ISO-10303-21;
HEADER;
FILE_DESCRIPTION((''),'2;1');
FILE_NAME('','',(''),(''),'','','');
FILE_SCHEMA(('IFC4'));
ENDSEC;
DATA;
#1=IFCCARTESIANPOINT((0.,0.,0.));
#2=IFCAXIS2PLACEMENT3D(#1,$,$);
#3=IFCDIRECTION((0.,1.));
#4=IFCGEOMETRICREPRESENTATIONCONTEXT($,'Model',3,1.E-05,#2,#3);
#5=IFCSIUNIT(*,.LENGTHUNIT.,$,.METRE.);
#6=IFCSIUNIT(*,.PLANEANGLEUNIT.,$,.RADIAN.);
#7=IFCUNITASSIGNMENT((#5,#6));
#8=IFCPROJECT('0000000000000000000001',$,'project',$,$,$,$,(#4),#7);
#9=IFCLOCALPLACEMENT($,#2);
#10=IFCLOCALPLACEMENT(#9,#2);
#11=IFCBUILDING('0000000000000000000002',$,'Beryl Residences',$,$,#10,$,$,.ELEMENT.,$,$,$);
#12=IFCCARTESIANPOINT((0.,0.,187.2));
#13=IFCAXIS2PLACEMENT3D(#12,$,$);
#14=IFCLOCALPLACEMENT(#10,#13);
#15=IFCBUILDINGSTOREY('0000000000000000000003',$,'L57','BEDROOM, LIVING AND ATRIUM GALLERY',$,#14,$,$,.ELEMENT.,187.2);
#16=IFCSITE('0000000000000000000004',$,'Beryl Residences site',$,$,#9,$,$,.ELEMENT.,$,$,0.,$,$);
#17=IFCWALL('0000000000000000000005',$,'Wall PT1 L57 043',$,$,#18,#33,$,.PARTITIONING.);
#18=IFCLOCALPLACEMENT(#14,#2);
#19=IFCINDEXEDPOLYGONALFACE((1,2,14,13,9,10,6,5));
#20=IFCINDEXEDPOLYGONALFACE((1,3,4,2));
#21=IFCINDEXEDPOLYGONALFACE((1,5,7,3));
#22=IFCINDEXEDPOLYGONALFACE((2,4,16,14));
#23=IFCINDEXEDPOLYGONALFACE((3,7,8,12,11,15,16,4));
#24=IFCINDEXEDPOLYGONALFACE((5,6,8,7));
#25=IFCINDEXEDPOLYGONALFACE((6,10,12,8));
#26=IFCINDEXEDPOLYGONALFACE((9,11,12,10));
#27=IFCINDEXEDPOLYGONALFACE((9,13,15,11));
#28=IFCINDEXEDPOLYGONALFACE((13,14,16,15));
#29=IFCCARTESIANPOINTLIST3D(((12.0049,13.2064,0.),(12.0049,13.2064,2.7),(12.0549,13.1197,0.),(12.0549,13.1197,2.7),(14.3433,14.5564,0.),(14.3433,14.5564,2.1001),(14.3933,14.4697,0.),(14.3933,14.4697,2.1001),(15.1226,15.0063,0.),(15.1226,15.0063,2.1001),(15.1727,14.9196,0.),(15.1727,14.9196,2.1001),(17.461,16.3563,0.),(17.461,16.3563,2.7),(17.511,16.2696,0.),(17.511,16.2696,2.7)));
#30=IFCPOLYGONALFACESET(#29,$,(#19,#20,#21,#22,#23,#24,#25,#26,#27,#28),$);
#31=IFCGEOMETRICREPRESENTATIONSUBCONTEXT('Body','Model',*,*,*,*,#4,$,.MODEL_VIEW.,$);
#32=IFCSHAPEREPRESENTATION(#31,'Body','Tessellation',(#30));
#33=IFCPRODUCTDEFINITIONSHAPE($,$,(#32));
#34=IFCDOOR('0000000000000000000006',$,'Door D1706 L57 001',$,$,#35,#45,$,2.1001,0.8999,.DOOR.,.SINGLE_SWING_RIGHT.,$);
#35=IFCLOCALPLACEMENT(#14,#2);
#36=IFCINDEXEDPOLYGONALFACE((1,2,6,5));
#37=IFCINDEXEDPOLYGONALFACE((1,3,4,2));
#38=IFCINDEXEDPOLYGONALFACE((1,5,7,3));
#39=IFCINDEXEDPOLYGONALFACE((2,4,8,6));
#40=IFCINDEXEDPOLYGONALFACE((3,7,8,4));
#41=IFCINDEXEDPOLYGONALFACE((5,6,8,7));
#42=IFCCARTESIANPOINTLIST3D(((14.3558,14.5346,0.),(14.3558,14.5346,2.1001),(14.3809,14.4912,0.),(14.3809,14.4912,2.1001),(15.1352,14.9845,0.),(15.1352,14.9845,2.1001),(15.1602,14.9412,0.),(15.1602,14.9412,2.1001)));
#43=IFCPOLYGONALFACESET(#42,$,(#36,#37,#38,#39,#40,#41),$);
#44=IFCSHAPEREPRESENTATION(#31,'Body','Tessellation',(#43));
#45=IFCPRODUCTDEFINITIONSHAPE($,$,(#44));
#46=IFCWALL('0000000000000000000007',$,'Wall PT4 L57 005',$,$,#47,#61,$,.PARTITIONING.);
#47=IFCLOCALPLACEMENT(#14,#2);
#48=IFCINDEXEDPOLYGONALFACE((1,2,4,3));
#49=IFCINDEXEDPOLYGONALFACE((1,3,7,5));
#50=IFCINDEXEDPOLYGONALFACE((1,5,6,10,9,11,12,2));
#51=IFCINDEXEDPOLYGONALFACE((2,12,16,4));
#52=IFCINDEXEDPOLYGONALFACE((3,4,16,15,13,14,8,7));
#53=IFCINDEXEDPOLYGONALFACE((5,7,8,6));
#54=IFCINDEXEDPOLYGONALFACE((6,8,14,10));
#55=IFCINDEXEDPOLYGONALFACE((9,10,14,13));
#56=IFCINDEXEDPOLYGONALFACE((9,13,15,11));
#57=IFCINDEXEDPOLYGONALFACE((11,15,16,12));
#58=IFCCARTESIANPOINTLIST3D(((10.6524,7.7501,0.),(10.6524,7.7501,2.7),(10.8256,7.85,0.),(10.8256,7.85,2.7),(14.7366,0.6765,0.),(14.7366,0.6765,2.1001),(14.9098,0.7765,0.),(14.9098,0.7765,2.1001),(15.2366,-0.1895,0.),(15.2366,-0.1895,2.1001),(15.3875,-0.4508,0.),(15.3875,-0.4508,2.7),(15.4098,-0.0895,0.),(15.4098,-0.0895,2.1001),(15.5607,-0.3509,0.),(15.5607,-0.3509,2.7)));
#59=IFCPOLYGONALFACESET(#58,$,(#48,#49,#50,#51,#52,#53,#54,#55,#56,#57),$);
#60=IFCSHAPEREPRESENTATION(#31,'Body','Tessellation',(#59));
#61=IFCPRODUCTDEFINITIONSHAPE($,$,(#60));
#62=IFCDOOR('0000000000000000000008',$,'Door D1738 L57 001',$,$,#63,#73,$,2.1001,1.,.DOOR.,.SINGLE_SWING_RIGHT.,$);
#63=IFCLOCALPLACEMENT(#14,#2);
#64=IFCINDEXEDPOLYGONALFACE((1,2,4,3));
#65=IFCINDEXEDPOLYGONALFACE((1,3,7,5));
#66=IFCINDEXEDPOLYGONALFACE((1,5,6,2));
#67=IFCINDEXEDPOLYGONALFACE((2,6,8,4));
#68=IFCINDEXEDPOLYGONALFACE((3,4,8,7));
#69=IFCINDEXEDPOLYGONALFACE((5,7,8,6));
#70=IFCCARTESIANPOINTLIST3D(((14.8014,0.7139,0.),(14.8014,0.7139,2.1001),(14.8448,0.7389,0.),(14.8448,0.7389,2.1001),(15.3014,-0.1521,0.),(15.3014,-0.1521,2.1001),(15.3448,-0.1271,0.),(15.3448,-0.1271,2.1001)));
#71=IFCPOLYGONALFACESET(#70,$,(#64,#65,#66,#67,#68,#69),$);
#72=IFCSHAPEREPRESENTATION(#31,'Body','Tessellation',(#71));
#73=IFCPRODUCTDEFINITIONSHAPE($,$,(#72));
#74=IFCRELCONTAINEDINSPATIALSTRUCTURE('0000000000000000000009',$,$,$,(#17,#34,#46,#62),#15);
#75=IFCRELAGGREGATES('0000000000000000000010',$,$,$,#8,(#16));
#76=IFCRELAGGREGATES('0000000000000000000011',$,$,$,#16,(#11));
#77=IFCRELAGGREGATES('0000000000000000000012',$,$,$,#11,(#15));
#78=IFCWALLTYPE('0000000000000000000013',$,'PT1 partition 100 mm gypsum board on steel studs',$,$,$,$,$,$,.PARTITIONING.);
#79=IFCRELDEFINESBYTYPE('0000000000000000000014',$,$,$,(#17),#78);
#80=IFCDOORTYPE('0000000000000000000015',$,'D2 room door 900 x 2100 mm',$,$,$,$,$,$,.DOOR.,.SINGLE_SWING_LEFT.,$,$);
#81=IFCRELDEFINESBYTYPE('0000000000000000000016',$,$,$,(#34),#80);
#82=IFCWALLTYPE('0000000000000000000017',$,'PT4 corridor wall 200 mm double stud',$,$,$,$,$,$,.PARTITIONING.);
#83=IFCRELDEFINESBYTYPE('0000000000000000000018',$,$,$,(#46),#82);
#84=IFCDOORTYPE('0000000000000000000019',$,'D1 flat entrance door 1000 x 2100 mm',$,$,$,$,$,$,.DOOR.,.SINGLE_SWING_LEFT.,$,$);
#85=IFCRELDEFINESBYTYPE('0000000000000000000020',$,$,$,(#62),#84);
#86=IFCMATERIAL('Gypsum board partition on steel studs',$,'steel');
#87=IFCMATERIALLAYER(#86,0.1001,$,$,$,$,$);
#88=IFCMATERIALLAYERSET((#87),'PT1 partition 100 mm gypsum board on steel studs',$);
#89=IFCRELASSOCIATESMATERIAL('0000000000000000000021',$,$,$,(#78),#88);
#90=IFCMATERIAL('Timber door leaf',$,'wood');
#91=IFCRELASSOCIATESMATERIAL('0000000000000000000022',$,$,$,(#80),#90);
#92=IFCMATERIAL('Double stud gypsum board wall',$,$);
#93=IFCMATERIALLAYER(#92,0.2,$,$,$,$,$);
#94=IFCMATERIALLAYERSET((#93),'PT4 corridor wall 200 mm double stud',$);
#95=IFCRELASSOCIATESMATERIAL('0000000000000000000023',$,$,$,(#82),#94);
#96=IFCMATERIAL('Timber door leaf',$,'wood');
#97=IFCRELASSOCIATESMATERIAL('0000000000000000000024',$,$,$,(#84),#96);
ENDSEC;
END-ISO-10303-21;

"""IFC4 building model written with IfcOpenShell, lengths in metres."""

from ifc_helpers import new_model, si_unit, direction, frame, frame_2d, origin, place, context, subcontext, project, spatial, rectangle, extrude, material, layer, layer_set, type_object, element, fill, save


model = new_model("IFC4")

# Units and contexts
model_context = context("Model", 3, precision=1e-05, world=origin(), true_north=direction((0.0, 1.0)))
body_context = subcontext(model_context, "Body", "Model", "MODEL_VIEW")
ifc_project = project(units=[si_unit("LENGTHUNIT", "METRE"), si_unit("PLANEANGLEUNIT", "RADIAN")], contexts=[model_context])

# Site, building, storey
site_placement = place(None, origin())
site = spatial("IfcSite", under=ifc_project, at=site_placement, Name="Beryl Residences site", CompositionType="ELEMENT", RefElevation=0.0)
building_placement = place(site_placement, origin())
building = spatial("IfcBuilding", under=site, at=building_placement, Name="Beryl Residences", CompositionType="ELEMENT")
storey_placement = place(building_placement, frame((0.0, 0.0, 187.2)))
storey = spatial("IfcBuildingStorey", under=building, at=storey_placement, Name="L57", Description="BEDROOM, LIVING AND ATRIUM GALLERY", CompositionType="ELEMENT", Elevation=187.2)

# Shared definitions
ifc_material_1 = material(Name="Gypsum board partition on steel studs", Category="steel")
ifc_layer_1 = layer(ifc_material_1, 0.1001)
ifc_layer_set_1 = layer_set([ifc_layer_1], Name="PT1 partition 100 mm gypsum board on steel studs")
wall_type_1 = type_object("IfcWallType", Name="PT1 partition 100 mm gypsum board on steel studs", PredefinedType="PARTITIONING", material=ifc_layer_set_1)

# Walls, openings, doors
ifc_material_2 = material(Name="Timber door leaf", Category="wood")
door_type_1 = type_object("IfcDoorType", Name="D2 room door 900 x 2100 mm", OperationType="SINGLE_SWING_LEFT", PredefinedType="DOOR", material=ifc_material_2)
wall_1_placement = place(storey_placement, frame((12.03, 13.1631, 0.0), z_axis=(0.0, 0.0, 1.0), x_axis=(0.866036, 0.499982, 0.0)))
wall_1 = element("IfcWall", 1, at=wall_1_placement, inside=storey, type_object=wall_type_1, Name="Wall PT1 L57 043", PredefinedType="PARTITIONING", context=body_context, shape_type="SweptSolid", body=[
    extrude(rectangle(XDim=6.3, YDim=0.1001, at=frame_2d((3.1499, 0.0))), origin(), (0.0, 0.0, 1.0), 2.7),
])
opening_1_placement = place(wall_1_placement, frame((2.7, 0.0, 0.0)))
opening_1 = element("IfcOpeningElement", 2, at=opening_1_placement, cuts=wall_1, PredefinedType="OPENING", context=body_context, shape_type="SweptSolid", body=[
    extrude(rectangle(XDim=0.8999, YDim=2.1001, at=frame_2d((0.45, 1.05))), frame((0.0, 0.0601, 0.0), z_axis=(0.0, -1.0, 0.0), x_axis=(1.0, 0.0, 0.0)), (0.0, 0.0, 1.0), 0.1201),
])
door_1_placement = place(opening_1_placement, origin())
door_1 = element("IfcDoor", 3, at=door_1_placement, inside=storey, type_object=door_type_1, Name="Door D1706 L57 001", OperationType="SINGLE_SWING_RIGHT", OverallHeight=2.1001, OverallWidth=0.8999, PredefinedType="DOOR", context=body_context, shape_type="SweptSolid", body=[
    extrude(rectangle(XDim=0.8999, YDim=2.1001, at=frame_2d((0.45, 1.05))), frame((0.0, 0.0249, 0.0), z_axis=(0.0, -1.0, 0.0), x_axis=(1.0, 0.0, 0.0)), (0.0, 0.0, 1.0), 0.05),
])
fill(opening_1, door_1)
ifc_material_3 = material(Name="Double stud gypsum board wall")
ifc_layer_2 = layer(ifc_material_3, 0.2)
ifc_layer_set_2 = layer_set([ifc_layer_2], Name="PT4 corridor wall 200 mm double stud")
wall_type_2 = type_object("IfcWallType", Name="PT4 corridor wall 200 mm double stud", PredefinedType="PARTITIONING", material=ifc_layer_set_2)
wall_2_placement = place(storey_placement, frame((10.739, 7.8, 0.0), z_axis=(0.0, 0.0, 1.0), x_axis=(0.500024, -0.866012, 0.0)))
wall_2 = element("IfcWall", 4, at=wall_2_placement, inside=storey, type_object=wall_type_2, Name="Wall PT4 L57 005", PredefinedType="PARTITIONING", context=body_context, shape_type="SweptSolid", body=[
    extrude(rectangle(XDim=9.4697, YDim=0.2, at=frame_2d((4.7349, 0.0))), origin(), (0.0, 0.0, 1.0), 2.7),
])
opening_2_placement = place(wall_2_placement, frame((8.168, 0.0, 0.0)))
opening_2 = element("IfcOpeningElement", 5, at=opening_2_placement, cuts=wall_2, PredefinedType="OPENING", context=body_context, shape_type="SweptSolid", body=[
    extrude(rectangle(XDim=1.0, YDim=2.1001, at=frame_2d((0.5, 1.05))), frame((0.0, 0.1099, 0.0), z_axis=(0.0, -1.0, 0.0), x_axis=(1.0, 0.0, 0.0)), (0.0, 0.0, 1.0), 0.22),
])
ifc_material_4 = material(Name="Timber door leaf", Category="wood")
door_type_2 = type_object("IfcDoorType", Name="D1 flat entrance door 1000 x 2100 mm", OperationType="SINGLE_SWING_LEFT", PredefinedType="DOOR", material=ifc_material_4)
door_2_placement = place(opening_2_placement, origin())
door_2 = element("IfcDoor", 6, at=door_2_placement, inside=storey, type_object=door_type_2, Name="Door D1738 L57 001", OperationType="SINGLE_SWING_RIGHT", OverallHeight=2.1001, OverallWidth=1.0, PredefinedType="DOOR", context=body_context, shape_type="SweptSolid", body=[
    extrude(rectangle(XDim=1.0, YDim=2.1001, at=frame_2d((0.5, 1.05))), frame((0.0, 0.0249, 0.0), z_axis=(0.0, -1.0, 0.0), x_axis=(1.0, 0.0, 0.0)), (0.0, 0.0, 1.0), 0.05),
])
fill(opening_2, door_2)

save(model, "model.ifc")
